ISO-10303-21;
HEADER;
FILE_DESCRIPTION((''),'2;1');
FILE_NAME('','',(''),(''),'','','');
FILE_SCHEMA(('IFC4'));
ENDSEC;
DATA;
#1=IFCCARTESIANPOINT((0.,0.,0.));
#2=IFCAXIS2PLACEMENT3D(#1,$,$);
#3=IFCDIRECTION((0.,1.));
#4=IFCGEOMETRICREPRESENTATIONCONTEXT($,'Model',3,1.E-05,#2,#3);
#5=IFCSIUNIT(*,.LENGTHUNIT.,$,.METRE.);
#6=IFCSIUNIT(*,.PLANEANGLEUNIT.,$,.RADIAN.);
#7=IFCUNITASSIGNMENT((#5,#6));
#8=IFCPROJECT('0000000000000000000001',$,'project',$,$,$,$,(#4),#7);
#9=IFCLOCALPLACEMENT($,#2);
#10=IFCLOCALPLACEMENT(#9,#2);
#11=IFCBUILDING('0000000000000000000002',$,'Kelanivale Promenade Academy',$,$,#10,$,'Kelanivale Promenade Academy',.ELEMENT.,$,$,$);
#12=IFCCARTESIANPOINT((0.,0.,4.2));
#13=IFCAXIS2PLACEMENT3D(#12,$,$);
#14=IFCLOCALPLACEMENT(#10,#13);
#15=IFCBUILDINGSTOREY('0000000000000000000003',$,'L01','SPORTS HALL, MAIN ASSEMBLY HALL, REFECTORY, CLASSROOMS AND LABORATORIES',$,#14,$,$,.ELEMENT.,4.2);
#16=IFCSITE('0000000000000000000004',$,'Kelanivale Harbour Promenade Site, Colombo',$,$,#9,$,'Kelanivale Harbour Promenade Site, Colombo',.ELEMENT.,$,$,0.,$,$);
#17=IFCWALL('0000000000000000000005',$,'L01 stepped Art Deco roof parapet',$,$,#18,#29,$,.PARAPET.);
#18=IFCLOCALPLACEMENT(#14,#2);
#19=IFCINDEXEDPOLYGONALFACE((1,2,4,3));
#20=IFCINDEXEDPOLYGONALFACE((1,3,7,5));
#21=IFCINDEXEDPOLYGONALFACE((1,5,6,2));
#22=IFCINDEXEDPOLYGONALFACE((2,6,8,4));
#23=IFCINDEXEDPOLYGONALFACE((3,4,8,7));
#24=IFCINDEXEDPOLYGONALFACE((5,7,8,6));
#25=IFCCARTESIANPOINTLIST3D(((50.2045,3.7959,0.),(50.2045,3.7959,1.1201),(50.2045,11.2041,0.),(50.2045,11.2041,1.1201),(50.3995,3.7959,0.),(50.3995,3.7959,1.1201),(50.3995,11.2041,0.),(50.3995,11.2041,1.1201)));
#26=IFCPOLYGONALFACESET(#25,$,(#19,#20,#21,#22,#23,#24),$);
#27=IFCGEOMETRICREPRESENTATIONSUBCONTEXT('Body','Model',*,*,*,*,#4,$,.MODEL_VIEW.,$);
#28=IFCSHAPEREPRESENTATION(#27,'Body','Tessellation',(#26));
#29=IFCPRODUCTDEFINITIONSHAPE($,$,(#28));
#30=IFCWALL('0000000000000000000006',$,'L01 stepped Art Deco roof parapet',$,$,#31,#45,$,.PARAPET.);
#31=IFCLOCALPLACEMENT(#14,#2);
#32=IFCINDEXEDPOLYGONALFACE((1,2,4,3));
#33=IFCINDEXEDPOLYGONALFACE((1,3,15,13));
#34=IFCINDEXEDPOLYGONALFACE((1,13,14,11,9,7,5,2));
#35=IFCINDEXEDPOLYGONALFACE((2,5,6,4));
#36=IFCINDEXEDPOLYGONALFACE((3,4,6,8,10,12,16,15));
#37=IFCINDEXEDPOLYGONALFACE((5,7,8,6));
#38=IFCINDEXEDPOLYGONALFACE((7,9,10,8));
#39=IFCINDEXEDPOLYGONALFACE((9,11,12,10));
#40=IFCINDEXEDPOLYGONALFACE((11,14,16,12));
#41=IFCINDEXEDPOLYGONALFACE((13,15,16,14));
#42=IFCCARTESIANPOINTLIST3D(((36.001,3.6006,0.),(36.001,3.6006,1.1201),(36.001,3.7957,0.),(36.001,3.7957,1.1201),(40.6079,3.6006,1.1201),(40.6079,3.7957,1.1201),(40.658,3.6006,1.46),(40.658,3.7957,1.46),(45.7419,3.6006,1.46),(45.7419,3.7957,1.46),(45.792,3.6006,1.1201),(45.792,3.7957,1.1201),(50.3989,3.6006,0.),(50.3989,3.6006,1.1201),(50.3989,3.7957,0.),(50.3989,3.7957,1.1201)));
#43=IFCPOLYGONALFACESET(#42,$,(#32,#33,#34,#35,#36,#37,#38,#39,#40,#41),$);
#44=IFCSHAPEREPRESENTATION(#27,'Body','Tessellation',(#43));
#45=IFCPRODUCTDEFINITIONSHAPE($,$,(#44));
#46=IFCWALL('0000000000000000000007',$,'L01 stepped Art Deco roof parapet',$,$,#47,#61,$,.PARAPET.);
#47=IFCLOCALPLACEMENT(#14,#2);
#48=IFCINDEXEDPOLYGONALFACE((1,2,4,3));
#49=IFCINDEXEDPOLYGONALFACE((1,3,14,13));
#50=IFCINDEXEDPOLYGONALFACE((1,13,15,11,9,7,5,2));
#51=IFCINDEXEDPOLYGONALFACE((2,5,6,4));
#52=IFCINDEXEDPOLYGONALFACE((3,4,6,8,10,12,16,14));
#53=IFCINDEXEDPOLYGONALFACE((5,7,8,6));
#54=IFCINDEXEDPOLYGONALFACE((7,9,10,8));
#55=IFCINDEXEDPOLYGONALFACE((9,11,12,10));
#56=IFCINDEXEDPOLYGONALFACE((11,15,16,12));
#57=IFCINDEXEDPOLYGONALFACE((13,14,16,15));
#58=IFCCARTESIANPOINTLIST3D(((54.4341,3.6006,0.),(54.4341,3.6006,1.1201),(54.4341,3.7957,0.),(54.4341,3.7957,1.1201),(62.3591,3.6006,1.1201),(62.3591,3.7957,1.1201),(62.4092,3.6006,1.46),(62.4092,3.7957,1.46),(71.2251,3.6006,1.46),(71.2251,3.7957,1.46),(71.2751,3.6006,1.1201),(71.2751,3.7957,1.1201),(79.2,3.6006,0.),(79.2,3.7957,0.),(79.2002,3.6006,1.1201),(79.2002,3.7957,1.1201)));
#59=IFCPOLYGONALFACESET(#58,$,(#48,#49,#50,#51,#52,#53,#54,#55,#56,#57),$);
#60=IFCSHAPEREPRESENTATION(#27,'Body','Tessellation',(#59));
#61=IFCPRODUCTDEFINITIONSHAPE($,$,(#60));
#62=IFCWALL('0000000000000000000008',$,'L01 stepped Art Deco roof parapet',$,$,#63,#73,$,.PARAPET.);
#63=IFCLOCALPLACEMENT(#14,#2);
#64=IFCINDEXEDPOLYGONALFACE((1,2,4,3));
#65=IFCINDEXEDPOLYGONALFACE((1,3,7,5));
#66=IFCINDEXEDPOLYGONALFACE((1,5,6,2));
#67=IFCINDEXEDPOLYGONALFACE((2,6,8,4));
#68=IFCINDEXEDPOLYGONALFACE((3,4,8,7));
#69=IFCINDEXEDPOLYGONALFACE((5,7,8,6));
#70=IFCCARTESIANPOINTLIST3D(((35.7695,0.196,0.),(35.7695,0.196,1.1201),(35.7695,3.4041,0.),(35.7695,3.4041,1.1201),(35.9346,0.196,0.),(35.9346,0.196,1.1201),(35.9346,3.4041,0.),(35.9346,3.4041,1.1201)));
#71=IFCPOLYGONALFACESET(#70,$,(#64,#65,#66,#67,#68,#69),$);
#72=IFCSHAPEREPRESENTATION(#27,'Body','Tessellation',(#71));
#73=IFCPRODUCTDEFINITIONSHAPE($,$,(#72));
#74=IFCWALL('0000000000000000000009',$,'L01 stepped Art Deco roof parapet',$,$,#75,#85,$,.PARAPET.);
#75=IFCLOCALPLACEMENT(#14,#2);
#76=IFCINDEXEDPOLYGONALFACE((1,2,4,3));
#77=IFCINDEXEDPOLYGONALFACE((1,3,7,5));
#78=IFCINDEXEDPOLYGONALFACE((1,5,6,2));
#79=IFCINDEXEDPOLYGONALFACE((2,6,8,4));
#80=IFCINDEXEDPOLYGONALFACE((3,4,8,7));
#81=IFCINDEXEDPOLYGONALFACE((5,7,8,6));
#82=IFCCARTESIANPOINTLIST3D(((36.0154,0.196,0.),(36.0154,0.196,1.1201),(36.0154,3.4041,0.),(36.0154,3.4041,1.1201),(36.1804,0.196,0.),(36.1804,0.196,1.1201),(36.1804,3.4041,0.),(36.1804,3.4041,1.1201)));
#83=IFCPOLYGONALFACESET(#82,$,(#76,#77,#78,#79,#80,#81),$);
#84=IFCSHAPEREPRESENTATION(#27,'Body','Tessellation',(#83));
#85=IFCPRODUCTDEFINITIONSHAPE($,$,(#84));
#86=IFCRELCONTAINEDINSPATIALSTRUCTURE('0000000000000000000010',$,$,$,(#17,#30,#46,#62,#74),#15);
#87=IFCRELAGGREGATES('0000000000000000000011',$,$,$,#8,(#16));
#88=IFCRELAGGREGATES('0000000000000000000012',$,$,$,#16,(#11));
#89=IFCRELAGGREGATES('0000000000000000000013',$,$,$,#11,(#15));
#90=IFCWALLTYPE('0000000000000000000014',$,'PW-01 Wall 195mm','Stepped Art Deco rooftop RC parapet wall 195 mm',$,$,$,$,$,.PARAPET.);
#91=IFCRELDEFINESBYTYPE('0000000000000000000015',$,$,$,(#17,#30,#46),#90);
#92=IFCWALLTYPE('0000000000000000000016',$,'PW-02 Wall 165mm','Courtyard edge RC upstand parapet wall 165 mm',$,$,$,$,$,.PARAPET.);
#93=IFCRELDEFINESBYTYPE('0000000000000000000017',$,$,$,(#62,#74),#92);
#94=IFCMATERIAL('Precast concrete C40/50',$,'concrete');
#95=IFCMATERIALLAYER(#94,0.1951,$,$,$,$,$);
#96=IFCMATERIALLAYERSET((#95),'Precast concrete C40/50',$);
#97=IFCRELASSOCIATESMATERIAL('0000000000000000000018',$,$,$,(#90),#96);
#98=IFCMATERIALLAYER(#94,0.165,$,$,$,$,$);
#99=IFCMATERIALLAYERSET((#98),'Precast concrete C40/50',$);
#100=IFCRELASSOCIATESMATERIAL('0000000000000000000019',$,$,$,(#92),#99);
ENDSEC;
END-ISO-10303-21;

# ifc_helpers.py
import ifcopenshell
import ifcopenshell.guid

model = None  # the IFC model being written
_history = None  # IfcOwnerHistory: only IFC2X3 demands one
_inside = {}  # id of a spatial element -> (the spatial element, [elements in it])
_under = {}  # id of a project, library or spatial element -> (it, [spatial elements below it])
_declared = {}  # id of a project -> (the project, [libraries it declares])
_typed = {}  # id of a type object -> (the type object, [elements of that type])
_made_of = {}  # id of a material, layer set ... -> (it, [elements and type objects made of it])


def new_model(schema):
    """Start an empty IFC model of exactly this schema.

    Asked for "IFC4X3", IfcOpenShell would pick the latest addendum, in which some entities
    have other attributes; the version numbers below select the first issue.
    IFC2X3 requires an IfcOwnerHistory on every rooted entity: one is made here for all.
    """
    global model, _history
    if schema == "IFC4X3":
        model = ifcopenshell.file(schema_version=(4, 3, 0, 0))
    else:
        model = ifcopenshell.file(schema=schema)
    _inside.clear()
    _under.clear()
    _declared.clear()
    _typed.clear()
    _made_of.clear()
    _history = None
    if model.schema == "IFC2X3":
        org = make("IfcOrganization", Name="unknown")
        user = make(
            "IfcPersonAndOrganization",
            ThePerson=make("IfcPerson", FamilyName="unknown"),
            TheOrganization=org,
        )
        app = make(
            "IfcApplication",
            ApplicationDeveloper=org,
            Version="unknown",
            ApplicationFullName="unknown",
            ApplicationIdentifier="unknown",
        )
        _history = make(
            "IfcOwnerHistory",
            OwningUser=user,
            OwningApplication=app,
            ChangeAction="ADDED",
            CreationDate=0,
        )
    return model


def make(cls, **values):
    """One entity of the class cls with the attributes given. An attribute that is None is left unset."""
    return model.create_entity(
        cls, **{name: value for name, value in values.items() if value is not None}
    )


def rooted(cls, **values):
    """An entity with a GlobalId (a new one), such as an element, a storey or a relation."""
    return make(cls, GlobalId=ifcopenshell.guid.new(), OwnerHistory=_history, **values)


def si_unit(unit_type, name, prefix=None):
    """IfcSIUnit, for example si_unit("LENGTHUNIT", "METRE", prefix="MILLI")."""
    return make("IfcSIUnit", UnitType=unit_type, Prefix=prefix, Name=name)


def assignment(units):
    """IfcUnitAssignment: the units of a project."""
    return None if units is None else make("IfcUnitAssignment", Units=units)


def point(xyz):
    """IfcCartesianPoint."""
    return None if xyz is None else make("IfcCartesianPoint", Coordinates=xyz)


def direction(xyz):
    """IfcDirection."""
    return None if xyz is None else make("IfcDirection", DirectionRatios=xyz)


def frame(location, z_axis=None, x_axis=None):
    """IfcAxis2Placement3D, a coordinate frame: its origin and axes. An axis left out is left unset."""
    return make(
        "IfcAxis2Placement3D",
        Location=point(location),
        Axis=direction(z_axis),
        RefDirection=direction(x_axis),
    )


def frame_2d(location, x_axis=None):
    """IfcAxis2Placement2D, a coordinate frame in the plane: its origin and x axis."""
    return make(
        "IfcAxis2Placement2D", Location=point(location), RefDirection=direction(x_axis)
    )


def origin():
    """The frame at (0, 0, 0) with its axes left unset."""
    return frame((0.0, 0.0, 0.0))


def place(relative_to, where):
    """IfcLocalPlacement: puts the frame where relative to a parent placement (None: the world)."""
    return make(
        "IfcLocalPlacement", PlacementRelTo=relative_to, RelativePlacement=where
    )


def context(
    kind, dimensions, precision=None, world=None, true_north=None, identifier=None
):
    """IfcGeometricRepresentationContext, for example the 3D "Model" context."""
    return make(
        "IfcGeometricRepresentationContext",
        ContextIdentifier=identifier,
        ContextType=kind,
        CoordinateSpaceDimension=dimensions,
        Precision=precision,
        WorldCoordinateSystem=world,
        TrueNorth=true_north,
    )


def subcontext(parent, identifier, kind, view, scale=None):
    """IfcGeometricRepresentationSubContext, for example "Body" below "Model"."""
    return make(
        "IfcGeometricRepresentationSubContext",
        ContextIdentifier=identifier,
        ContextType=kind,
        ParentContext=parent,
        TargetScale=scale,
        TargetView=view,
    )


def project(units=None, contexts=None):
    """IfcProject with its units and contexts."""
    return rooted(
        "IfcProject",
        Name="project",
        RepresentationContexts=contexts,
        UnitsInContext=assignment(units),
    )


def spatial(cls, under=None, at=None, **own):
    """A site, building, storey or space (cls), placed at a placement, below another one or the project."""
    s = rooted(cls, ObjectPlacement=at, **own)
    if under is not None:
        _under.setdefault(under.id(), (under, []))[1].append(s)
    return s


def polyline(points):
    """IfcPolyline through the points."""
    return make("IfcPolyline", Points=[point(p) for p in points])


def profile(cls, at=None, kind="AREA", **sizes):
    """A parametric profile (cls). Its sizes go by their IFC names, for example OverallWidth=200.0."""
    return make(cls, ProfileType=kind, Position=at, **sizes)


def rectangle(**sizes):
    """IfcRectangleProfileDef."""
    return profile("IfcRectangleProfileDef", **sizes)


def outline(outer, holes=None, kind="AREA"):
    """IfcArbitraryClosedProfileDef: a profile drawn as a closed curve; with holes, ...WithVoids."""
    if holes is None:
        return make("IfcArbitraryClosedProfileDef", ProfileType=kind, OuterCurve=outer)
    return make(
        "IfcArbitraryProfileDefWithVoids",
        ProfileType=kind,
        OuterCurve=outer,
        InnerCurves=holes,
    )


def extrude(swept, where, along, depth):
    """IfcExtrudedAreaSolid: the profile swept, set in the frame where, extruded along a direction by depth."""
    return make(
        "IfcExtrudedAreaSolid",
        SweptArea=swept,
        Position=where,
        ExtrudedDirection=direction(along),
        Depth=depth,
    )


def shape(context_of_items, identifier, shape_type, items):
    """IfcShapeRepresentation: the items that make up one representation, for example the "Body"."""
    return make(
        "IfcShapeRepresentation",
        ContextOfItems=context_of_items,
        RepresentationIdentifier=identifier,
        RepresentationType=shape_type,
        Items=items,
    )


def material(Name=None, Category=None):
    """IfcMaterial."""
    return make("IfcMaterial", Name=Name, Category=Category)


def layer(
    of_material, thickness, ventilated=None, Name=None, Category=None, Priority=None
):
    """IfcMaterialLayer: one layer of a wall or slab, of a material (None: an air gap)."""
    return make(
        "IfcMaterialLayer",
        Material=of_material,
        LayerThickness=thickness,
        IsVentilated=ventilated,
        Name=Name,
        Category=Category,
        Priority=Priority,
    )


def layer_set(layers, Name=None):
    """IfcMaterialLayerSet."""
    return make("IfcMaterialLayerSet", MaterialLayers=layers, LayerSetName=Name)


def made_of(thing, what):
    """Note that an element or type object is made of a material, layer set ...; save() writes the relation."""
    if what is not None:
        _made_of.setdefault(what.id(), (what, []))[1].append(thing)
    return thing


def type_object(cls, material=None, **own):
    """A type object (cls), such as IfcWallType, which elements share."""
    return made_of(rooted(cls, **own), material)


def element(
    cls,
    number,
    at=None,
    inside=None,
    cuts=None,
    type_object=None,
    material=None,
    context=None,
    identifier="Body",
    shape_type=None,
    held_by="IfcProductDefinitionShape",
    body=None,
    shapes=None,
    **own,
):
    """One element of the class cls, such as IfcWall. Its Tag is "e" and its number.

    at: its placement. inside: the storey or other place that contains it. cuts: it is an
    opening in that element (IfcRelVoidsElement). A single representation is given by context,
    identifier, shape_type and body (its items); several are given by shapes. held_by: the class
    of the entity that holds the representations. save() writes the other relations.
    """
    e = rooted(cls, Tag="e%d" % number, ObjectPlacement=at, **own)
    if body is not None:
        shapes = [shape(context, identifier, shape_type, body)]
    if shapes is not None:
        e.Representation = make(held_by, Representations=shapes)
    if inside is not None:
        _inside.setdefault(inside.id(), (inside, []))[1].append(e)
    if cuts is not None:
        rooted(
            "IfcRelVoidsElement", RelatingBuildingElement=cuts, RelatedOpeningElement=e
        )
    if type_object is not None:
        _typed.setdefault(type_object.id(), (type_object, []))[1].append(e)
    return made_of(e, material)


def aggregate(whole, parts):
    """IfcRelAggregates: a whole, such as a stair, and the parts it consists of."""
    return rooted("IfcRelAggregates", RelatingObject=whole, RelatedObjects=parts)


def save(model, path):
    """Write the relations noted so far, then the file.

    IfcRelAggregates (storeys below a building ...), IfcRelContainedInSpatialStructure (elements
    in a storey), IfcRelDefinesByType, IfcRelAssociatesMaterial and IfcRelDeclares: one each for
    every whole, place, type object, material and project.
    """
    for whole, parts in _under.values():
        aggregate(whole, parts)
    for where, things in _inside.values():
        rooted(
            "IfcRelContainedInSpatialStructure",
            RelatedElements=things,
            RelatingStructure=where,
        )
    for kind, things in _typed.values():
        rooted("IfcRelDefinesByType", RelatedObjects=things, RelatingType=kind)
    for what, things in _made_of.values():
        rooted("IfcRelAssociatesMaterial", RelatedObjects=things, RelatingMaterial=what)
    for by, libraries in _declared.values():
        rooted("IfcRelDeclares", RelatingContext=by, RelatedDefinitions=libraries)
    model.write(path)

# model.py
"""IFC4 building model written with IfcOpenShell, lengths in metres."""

from ifc_helpers import new_model, si_unit, direction, frame, frame_2d, origin, place, context, subcontext, project, spatial, polyline, rectangle, outline, extrude, material, layer, layer_set, type_object, element, save


model = new_model("IFC4")

# Units and contexts
model_context = context("Model", 3, precision=1e-05, world=origin(), true_north=direction((0.0, 1.0)))
body_context = subcontext(model_context, "Body", "Model", "MODEL_VIEW")
ifc_project = project(units=[si_unit("LENGTHUNIT", "METRE"), si_unit("PLANEANGLEUNIT", "RADIAN")], contexts=[model_context])

# Site, building, storey
site_placement = place(None, origin())
site = spatial("IfcSite", under=ifc_project, at=site_placement, Name="Kelanivale Harbour Promenade Site, Colombo", LongName="Kelanivale Harbour Promenade Site, Colombo", CompositionType="ELEMENT", RefElevation=0.0)
building_placement = place(site_placement, origin())
building = spatial("IfcBuilding", under=site, at=building_placement, Name="Kelanivale Promenade Academy", LongName="Kelanivale Promenade Academy", CompositionType="ELEMENT")
storey_placement = place(building_placement, frame((0.0, 0.0, 4.2)))
storey = spatial("IfcBuildingStorey", under=building, at=storey_placement, Name="L01", Description="SPORTS HALL, MAIN ASSEMBLY HALL, REFECTORY, CLASSROOMS AND LABORATORIES", CompositionType="ELEMENT", Elevation=4.2)

# Walls
ifc_material_1 = material(Name="Precast concrete C40/50", Category="concrete")
ifc_layer_1 = layer(ifc_material_1, 0.1951)
ifc_layer_set_1 = layer_set([ifc_layer_1], Name="Precast concrete C40/50")
wall_type_1 = type_object("IfcWallType", Name="PW-01 Wall 195mm", Description="Stepped Art Deco rooftop RC parapet wall 195 mm", PredefinedType="PARAPET", material=ifc_layer_set_1)
for number, where, z_axis, x_axis, name in (
    (1, (50.302, 3.7959, 0.0), (0.0, 0.0, 1.0), (0.0, 1.0, 0.0), "L01 stepped Art Deco roof parapet"),
):
    element("IfcWall", number, at=place(storey_placement, frame(where, z_axis=z_axis, x_axis=x_axis)), inside=storey, type_object=wall_type_1, Name=name, PredefinedType="PARAPET", context=body_context, shape_type="SweptSolid", body=[
        extrude(rectangle(XDim=7.4082, YDim=0.1951, at=frame_2d((3.7041, 0.0))), origin(), (0.0, 0.0, 1.0), 1.1201),
    ])
wall_1_placement = place(storey_placement, frame((36.001, 3.698, 0.0), z_axis=(0.0, 0.0, 1.0), x_axis=(1.0, 0.0, 0.0)))
element("IfcWall", 2, at=wall_1_placement, inside=storey, type_object=wall_type_1, Name="L01 stepped Art Deco roof parapet", PredefinedType="PARAPET", context=body_context, shape_type="SweptSolid", body=[
    extrude(outline(polyline([(0.0, 0.0), (14.3979, 0.0), (14.3979, 1.1201), (9.791, 1.1201), (9.741, 1.46), (4.657, 1.46), (4.6069, 1.1201), (0.0, 1.1201), (0.0, 0.0)])), frame((0.0, 0.0977, 0.0), z_axis=(0.0, -1.0, 0.0), x_axis=(1.0, 0.0, 0.0)), (0.0, 0.0, 1.0), 0.1951),
])
wall_2_placement = place(storey_placement, frame((54.4341, 3.698, 0.0), z_axis=(0.0, 0.0, 1.0), x_axis=(1.0, 0.0, 0.0)))
element("IfcWall", 3, at=wall_2_placement, inside=storey, type_object=wall_type_1, Name="L01 stepped Art Deco roof parapet", PredefinedType="PARAPET", context=body_context, shape_type="SweptSolid", body=[
    extrude(outline(polyline([(0.0, 0.0), (24.7659, 0.0), (24.7661, 1.1201), (16.8411, 1.1201), (16.791, 1.46), (7.9751, 1.46), (7.925, 1.1201), (0.0, 1.1201), (0.0, 0.0)])), frame((0.0, 0.0977, 0.0), z_axis=(0.0, -1.0, 0.0), x_axis=(1.0, 0.0, 0.0)), (0.0, 0.0, 1.0), 0.1951),
])
ifc_layer_2 = layer(ifc_material_1, 0.165)
ifc_layer_set_2 = layer_set([ifc_layer_2], Name="Precast concrete C40/50")
wall_type_2 = type_object("IfcWallType", Name="PW-02 Wall 165mm", Description="Courtyard edge RC upstand parapet wall 165 mm", PredefinedType="PARAPET", material=ifc_layer_set_2)
for number, where, z_axis, x_axis, name in (
    (4, (35.8521, 0.196, 0.0), (0.0, 0.0, 1.0), (0.0, 1.0, 0.0), "L01 stepped Art Deco roof parapet"),
    (5, (36.0979, 3.4041, 0.0), (0.0, 0.0, 1.0), (0.0, -1.0, 0.0), "L01 stepped Art Deco roof parapet"),
):
    element("IfcWall", number, at=place(storey_placement, frame(where, z_axis=z_axis, x_axis=x_axis)), inside=storey, type_object=wall_type_2, Name=name, PredefinedType="PARAPET", context=body_context, shape_type="SweptSolid", body=[
        extrude(rectangle(XDim=3.208, YDim=0.165, at=frame_2d((1.604, 0.0))), origin(), (0.0, 0.0, 1.0), 1.1201),
    ])

save(model, "model.ifc")
